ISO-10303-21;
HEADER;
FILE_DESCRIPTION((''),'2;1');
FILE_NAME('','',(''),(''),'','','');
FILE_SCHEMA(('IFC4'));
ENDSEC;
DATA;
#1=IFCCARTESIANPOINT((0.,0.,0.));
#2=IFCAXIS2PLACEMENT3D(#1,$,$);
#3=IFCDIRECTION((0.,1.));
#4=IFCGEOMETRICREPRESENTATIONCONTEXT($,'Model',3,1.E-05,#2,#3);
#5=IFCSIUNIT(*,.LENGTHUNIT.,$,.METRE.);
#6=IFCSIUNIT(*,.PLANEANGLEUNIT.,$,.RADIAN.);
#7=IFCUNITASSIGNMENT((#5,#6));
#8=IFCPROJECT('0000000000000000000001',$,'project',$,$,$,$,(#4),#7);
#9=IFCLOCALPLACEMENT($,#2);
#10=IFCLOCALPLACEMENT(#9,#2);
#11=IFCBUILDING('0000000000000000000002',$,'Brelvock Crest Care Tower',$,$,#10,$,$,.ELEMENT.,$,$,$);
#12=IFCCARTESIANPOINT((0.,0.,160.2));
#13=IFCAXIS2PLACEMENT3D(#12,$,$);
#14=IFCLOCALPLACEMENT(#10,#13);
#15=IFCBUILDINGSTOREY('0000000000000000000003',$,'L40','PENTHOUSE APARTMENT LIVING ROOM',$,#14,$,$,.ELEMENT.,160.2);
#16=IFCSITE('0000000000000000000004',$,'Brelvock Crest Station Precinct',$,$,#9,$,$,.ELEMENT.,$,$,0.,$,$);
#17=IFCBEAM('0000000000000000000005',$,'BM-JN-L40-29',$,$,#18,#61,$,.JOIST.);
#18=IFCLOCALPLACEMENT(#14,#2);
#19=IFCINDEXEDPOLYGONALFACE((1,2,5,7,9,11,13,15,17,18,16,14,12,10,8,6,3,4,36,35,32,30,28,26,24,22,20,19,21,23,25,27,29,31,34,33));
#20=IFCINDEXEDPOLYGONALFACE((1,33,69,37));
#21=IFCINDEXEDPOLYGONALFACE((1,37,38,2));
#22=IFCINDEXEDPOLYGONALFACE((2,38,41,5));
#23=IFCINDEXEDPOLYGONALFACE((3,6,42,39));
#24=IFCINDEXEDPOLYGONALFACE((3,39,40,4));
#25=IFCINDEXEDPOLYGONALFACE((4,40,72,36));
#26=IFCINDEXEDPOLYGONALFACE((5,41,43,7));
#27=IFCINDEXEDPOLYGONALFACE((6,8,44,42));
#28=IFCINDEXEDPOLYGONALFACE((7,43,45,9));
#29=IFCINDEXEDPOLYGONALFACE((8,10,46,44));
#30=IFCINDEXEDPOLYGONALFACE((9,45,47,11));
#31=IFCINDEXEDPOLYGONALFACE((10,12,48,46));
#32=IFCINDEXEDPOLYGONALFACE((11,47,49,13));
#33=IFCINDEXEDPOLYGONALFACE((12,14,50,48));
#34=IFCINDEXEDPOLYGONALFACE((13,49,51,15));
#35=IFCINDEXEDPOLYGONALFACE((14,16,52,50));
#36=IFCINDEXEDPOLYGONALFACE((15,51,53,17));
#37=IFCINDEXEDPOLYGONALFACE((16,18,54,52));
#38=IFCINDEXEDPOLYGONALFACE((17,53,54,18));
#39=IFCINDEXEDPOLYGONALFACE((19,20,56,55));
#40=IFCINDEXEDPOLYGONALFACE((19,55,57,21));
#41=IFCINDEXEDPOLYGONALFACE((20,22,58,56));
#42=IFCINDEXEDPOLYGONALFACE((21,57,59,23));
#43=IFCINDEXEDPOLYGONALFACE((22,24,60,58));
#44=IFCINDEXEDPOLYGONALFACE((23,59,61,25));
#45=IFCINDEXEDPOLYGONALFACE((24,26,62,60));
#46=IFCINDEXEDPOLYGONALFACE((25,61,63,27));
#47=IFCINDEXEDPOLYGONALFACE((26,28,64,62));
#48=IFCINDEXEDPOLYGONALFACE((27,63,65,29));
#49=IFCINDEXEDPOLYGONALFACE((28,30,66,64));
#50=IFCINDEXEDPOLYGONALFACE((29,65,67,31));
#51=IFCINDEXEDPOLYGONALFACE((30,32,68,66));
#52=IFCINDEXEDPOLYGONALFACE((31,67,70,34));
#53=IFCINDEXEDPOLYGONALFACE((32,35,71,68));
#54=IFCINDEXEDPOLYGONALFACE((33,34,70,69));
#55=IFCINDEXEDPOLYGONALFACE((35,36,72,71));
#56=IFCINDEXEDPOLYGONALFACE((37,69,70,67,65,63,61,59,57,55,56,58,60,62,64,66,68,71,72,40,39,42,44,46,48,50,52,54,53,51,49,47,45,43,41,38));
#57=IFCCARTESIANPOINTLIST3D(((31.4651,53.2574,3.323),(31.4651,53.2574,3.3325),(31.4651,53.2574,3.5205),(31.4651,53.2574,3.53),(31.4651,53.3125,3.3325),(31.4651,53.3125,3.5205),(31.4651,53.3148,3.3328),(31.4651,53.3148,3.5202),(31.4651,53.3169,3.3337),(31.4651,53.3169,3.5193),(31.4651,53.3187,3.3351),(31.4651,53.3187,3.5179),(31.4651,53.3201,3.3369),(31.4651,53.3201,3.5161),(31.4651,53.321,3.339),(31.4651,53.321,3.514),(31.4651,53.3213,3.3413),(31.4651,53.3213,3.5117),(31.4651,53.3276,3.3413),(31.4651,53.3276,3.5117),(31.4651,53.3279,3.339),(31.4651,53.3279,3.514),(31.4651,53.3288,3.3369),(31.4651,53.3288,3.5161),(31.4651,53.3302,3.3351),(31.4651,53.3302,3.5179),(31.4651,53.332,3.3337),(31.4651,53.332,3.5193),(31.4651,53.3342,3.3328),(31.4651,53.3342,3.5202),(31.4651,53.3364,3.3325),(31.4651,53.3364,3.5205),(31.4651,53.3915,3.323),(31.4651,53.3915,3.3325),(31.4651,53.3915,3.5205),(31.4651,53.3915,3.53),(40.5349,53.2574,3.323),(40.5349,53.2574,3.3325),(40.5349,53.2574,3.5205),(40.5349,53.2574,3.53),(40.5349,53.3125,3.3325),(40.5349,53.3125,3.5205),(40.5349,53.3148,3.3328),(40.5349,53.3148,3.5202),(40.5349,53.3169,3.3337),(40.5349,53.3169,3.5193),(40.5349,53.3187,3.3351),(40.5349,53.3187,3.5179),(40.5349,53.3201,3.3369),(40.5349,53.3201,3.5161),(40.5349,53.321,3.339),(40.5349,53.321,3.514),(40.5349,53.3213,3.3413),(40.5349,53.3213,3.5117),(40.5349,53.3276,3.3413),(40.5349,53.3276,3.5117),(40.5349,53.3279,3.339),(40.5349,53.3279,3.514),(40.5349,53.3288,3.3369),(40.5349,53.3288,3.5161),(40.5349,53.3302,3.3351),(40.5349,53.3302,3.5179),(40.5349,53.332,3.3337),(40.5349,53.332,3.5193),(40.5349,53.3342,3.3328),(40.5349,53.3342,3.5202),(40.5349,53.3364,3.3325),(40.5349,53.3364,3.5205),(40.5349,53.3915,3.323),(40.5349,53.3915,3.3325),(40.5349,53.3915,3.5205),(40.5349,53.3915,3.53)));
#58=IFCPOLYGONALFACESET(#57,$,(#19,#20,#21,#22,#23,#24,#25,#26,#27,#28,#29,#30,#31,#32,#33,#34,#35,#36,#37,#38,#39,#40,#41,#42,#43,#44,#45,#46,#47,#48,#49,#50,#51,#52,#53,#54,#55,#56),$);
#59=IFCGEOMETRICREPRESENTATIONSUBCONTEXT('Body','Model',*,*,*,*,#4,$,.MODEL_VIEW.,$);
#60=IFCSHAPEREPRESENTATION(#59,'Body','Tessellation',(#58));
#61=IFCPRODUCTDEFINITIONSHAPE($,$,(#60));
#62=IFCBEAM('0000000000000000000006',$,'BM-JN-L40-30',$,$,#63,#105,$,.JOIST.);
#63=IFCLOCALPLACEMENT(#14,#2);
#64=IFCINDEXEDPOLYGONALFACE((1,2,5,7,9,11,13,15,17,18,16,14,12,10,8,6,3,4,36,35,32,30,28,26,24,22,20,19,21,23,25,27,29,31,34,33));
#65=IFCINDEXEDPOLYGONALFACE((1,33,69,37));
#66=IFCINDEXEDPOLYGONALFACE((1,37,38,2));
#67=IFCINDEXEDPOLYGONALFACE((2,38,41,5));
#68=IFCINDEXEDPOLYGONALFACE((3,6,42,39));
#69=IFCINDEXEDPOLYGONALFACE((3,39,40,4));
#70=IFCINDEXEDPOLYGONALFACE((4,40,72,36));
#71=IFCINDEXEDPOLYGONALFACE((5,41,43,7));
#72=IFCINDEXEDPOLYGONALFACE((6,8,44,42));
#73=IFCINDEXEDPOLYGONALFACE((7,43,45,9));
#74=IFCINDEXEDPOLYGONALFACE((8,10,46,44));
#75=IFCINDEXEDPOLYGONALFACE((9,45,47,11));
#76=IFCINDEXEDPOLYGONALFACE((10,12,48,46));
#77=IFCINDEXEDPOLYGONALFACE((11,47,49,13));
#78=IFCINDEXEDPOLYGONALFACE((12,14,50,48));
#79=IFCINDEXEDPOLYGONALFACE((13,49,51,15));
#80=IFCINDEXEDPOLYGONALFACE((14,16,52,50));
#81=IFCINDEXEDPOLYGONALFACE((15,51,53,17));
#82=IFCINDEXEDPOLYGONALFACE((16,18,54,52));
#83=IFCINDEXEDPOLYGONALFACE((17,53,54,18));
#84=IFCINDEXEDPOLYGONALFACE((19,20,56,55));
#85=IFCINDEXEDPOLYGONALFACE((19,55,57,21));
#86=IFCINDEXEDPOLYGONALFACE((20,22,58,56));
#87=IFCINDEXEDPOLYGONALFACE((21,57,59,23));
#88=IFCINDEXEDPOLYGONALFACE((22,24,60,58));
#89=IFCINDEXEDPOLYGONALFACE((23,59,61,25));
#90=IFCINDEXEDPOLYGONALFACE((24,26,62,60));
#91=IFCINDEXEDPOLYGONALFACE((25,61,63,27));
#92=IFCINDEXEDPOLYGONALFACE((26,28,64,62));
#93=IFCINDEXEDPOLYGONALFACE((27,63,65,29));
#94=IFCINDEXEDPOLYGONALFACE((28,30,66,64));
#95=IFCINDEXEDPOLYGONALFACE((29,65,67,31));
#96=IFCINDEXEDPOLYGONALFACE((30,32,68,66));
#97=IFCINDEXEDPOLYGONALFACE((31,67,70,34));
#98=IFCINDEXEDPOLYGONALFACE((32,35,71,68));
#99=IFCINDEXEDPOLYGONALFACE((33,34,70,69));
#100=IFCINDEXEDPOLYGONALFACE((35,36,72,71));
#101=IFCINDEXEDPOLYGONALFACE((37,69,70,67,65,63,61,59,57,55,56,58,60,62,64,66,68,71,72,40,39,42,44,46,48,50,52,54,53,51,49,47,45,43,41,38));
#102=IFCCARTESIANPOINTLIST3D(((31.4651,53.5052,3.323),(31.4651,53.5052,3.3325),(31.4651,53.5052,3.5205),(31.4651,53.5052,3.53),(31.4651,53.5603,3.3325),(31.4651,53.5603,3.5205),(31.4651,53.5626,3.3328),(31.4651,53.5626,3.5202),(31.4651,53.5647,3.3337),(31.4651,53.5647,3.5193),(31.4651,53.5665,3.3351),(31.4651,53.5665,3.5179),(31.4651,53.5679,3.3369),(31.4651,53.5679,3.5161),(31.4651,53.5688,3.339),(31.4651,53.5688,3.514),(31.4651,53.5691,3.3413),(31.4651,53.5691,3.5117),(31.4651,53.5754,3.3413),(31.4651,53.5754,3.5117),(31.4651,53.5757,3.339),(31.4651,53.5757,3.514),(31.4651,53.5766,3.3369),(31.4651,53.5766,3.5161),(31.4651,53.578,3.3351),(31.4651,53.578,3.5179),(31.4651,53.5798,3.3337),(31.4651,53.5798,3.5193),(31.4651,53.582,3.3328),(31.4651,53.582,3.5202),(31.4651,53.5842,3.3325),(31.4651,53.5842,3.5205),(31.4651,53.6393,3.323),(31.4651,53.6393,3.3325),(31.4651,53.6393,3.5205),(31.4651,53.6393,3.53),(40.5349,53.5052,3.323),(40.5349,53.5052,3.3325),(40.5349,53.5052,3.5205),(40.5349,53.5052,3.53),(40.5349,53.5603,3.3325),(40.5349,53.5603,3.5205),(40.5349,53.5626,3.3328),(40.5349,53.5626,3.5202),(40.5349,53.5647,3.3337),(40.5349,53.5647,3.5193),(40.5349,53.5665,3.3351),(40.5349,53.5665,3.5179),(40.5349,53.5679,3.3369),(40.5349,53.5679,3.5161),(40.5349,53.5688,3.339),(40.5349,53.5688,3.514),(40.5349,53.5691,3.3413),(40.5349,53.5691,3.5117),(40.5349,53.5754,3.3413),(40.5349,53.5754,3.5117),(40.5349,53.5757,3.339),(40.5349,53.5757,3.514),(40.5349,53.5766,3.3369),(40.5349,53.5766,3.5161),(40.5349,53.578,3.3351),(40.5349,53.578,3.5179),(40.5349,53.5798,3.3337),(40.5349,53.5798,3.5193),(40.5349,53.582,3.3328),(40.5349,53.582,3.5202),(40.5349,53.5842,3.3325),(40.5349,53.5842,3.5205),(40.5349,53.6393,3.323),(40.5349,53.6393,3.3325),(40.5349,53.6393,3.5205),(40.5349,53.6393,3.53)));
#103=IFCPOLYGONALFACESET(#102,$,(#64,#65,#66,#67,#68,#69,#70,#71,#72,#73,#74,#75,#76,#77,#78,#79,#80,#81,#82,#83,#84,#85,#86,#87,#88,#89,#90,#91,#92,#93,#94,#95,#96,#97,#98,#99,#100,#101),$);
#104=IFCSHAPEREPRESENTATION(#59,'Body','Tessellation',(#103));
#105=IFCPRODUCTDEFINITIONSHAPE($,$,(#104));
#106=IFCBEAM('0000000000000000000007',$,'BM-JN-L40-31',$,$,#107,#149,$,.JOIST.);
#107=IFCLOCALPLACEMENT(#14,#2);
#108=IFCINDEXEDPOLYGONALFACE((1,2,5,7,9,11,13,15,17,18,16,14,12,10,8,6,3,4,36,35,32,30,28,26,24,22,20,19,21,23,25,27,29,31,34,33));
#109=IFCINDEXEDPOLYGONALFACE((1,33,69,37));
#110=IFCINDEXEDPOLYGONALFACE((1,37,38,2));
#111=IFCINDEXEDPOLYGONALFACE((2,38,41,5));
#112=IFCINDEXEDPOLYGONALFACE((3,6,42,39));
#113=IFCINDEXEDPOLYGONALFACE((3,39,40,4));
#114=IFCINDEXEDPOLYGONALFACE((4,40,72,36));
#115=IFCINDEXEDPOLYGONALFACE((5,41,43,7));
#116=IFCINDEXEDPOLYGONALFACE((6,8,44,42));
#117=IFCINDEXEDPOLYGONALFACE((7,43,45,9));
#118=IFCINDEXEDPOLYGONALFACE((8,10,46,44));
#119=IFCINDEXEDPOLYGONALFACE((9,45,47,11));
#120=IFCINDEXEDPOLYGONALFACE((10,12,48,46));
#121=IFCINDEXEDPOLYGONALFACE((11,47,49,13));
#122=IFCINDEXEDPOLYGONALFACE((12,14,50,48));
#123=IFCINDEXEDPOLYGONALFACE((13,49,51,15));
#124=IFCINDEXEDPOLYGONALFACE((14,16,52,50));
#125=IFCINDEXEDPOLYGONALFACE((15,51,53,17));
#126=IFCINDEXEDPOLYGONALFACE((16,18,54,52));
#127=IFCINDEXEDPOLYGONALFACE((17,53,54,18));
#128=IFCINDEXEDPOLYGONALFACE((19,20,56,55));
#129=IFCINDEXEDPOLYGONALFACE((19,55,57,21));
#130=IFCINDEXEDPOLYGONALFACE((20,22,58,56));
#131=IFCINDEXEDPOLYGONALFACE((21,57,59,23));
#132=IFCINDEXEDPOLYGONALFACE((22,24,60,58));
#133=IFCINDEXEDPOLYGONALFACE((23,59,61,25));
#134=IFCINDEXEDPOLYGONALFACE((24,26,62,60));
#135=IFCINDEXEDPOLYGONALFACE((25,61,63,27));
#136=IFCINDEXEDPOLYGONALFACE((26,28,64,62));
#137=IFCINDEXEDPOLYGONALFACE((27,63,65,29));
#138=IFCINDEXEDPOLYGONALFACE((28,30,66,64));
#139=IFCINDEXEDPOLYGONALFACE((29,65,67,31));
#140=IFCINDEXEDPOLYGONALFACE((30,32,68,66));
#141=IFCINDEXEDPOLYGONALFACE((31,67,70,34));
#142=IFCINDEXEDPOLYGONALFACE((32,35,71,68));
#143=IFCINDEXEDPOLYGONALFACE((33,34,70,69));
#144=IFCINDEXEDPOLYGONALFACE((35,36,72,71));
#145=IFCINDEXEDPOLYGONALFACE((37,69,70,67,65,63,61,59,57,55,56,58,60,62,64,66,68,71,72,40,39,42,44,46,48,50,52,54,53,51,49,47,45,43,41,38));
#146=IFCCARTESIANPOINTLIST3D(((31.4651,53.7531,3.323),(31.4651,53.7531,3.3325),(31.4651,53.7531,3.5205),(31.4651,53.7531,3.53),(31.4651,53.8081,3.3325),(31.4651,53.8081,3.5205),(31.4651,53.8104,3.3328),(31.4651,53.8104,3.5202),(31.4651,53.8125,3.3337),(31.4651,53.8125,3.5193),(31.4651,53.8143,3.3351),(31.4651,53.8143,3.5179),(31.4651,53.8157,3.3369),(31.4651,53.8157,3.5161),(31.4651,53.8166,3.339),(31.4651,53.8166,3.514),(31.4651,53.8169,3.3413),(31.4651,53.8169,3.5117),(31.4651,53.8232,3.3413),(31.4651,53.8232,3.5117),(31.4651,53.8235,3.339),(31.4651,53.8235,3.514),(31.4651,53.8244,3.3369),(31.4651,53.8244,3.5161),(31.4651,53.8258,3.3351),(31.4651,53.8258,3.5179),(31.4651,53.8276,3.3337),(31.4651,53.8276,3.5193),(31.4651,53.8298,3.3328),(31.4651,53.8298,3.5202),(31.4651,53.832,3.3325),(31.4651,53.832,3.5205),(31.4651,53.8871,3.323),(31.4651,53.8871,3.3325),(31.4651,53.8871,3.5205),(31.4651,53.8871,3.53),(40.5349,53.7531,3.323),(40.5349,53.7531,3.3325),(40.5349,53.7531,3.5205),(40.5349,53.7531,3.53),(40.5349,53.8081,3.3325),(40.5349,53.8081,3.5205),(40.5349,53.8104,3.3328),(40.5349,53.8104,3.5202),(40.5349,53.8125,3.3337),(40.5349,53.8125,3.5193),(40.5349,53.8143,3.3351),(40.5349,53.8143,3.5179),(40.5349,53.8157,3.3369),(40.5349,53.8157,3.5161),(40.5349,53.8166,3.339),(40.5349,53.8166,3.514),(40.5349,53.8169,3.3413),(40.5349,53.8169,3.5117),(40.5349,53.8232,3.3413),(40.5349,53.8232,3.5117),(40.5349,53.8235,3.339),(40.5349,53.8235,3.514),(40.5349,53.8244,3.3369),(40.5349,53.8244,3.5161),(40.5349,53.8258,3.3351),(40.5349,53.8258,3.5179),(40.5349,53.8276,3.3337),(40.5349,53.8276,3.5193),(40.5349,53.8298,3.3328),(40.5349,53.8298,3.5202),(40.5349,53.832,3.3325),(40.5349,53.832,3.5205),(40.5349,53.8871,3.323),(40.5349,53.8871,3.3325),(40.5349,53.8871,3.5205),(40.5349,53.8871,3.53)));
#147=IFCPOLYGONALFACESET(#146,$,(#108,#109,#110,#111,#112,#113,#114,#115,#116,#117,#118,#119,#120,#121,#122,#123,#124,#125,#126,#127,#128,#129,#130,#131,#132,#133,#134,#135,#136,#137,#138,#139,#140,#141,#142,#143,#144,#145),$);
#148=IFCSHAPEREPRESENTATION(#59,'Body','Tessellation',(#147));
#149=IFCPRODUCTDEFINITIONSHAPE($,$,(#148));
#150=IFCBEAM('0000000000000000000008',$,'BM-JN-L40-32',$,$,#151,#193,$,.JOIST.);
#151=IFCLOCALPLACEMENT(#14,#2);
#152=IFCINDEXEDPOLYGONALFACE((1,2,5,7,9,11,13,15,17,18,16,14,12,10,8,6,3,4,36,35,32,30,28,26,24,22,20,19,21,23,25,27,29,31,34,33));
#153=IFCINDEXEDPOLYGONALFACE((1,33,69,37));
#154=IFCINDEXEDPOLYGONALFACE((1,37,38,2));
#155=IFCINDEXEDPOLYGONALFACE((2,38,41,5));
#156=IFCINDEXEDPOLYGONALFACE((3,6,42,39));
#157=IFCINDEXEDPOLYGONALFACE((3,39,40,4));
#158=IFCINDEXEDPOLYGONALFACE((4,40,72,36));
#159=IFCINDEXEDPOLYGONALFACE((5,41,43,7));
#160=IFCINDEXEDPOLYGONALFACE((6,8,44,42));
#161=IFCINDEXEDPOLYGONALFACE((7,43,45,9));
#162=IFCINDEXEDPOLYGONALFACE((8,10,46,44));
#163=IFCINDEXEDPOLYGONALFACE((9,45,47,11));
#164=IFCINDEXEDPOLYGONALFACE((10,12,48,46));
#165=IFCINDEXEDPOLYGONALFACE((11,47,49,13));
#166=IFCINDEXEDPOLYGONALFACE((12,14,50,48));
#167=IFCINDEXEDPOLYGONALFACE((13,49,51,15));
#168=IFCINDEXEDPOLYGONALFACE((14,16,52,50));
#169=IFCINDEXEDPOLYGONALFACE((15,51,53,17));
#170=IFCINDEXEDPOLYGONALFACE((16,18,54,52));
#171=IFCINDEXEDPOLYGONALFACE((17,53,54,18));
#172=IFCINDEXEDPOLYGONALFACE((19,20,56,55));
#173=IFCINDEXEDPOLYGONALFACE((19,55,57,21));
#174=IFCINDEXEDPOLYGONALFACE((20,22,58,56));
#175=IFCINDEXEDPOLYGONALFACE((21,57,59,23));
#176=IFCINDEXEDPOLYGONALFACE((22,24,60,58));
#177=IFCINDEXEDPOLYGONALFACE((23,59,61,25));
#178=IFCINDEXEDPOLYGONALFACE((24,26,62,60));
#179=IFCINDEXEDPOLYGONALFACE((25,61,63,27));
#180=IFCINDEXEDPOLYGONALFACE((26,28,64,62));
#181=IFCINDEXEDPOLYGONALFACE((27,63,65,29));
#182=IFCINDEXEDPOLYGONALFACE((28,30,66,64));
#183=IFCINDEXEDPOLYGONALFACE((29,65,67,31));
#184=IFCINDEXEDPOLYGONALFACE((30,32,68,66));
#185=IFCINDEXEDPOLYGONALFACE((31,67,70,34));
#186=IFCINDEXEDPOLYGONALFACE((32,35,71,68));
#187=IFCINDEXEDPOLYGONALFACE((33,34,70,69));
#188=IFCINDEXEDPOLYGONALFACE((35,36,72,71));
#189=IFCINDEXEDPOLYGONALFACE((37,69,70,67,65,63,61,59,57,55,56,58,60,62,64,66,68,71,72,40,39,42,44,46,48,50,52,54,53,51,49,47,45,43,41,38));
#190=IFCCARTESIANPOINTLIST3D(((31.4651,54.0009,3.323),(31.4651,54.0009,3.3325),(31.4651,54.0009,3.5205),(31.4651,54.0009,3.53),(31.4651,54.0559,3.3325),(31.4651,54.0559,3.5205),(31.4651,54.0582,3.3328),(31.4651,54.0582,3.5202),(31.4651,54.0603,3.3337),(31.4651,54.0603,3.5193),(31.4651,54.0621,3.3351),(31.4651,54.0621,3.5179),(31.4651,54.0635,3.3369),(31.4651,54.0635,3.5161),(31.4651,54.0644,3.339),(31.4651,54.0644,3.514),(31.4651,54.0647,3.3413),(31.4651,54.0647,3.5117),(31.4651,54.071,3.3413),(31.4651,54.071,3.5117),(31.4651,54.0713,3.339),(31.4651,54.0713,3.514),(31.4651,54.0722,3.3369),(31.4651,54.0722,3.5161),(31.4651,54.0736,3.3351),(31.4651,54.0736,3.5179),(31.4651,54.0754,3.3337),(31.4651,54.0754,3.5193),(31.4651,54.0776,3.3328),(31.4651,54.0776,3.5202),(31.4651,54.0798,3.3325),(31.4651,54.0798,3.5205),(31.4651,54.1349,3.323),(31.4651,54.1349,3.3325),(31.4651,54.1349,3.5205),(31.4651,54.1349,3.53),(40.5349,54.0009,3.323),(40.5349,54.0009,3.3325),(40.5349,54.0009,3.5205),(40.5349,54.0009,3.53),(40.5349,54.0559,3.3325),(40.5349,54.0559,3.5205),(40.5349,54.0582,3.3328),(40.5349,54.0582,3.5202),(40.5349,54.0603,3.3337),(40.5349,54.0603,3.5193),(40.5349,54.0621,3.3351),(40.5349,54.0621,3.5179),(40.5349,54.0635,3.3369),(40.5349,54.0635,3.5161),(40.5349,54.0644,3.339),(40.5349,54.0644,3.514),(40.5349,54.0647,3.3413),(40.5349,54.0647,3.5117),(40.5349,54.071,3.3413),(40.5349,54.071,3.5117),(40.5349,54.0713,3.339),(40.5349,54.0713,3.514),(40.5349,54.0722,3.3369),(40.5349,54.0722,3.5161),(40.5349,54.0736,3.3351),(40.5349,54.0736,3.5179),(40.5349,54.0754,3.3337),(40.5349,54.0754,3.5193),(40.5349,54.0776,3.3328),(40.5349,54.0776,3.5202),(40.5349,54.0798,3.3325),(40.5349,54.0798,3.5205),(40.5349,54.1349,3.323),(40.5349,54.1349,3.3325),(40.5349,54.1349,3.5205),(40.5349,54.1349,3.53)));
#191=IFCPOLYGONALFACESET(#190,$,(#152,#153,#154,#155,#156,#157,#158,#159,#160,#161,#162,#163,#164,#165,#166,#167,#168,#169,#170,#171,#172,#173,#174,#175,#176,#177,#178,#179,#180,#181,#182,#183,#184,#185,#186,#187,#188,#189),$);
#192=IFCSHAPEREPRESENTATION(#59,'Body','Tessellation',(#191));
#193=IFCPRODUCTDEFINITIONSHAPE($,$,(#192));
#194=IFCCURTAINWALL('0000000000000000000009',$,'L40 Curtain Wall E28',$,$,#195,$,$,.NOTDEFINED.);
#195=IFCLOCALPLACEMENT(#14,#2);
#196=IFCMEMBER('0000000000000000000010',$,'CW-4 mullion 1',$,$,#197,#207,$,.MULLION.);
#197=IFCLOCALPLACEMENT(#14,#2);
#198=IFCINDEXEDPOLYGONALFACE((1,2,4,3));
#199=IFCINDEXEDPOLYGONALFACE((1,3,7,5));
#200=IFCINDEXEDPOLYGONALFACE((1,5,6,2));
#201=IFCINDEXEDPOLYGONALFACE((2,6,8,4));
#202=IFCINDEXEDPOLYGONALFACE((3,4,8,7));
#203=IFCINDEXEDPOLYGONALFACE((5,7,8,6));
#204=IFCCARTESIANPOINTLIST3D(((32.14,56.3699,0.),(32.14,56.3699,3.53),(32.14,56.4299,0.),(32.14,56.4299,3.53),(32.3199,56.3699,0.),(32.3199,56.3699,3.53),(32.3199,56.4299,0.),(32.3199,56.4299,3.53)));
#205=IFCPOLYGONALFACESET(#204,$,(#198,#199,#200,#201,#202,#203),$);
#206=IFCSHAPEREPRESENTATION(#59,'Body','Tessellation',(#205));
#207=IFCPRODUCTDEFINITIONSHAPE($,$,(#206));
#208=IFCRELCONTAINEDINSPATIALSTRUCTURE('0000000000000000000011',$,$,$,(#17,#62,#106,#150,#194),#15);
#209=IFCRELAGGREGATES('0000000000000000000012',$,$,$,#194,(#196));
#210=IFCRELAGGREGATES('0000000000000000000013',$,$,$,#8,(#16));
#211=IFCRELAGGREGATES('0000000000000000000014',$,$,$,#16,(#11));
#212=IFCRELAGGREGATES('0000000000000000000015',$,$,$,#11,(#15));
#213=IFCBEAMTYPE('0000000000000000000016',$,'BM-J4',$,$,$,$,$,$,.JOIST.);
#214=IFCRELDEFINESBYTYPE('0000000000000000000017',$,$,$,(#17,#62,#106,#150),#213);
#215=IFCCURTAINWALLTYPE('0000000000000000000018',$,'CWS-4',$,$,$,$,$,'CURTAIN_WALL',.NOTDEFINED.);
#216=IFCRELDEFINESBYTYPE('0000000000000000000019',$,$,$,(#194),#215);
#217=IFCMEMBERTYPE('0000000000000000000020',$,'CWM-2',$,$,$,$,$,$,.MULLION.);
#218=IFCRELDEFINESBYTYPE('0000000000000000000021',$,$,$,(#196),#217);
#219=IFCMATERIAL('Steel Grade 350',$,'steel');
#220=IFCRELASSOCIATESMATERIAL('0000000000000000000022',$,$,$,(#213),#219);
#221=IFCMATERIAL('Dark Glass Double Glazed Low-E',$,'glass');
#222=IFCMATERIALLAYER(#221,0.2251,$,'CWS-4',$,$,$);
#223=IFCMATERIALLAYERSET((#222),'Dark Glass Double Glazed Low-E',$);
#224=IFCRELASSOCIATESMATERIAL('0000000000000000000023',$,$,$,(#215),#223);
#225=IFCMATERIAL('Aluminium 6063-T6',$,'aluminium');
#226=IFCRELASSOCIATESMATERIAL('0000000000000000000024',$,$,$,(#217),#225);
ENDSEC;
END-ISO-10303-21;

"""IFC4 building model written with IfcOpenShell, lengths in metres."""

from ifc_helpers import new_model, si_unit, direction, frame, origin, origin_2d, place, context, subcontext, project, spatial, rectangle, i_section, extrude, source, transform, mapped, material, layer, layer_set, material_profile, profile_set, type_object, element, aggregate, save


model = new_model("IFC4")

# Units and contexts
model_context = context("Model", 3, precision=1e-05, world=origin(), true_north=direction((0.0, 1.0)))
body_context = subcontext(model_context, "Body", "Model", "MODEL_VIEW")
ifc_project = project(units=[si_unit("LENGTHUNIT", "METRE"), si_unit("PLANEANGLEUNIT", "RADIAN")], contexts=[model_context])

# Site, building, storey
site_placement = place(None, origin())
site = spatial("IfcSite", under=ifc_project, at=site_placement, Name="Brelvock Crest Station Precinct", CompositionType="ELEMENT", RefElevation=0.0)
building_placement = place(site_placement, origin())
building = spatial("IfcBuilding", under=site, at=building_placement, Name="Brelvock Crest Care Tower", CompositionType="ELEMENT")
storey_placement = place(building_placement, frame((0.0, 0.0, 160.2)))
storey = spatial("IfcBuildingStorey", under=building, at=storey_placement, Name="L40", Description="PENTHOUSE APARTMENT LIVING ROOM", CompositionType="ELEMENT", Elevation=160.2)

# Beams
ifc_material_1 = material(Name="Steel Grade 350", Category="steel")
ifc_material_profile_1 = material_profile(ifc_material_1, i_section(OverallWidth=0.134, OverallDepth=0.207, WebThickness=0.0063, FlangeThickness=0.0095, FilletRadius=0.0088, at=origin_2d()), Name="200UB29.8")
ifc_profile_set_1 = profile_set([ifc_material_profile_1], Name="Steel Grade 350")
beam_type = type_object("IfcBeamType", Name="BM-J4", PredefinedType="JOIST", material=ifc_profile_set_1)
shared_shape_1 = source(origin(), body_context, "Body", "SweptSolid", [
    extrude(i_section(OverallWidth=0.134, OverallDepth=0.207, WebThickness=0.0063, FlangeThickness=0.0095, FilletRadius=0.0088, at=origin_2d()), origin(), (0.0, 0.0, 1.0), 9.0698),
])
for number, where, z_axis, x_axis, name in (
    (1, (31.4651, 53.3245, 3.4265), (1.0, 0.0, 0.0), (0.0, 1.0, 0.0), "BM-JN-L40-29"),
    (2, (31.4651, 53.5723, 3.4265), (1.0, 0.0, 0.0), (0.0, 1.0, 0.0), "BM-JN-L40-30"),
    (3, (31.4651, 53.8201, 3.4265), (1.0, 0.0, 0.0), (0.0, 1.0, 0.0), "BM-JN-L40-31"),
    (4, (31.4651, 54.0679, 3.4265), (1.0, 0.0, 0.0), (0.0, 1.0, 0.0), "BM-JN-L40-32"),
):
    element("IfcBeam", number, at=place(storey_placement, frame(where, z_axis=z_axis, x_axis=x_axis)), inside=storey, type_object=beam_type, Name=name, PredefinedType="JOIST", context=body_context, shape_type="MappedRepresentation", body=[
        mapped(shared_shape_1, transform((0.0, 0.0, 0.0), x_axis=(1.0, 0.0, 0.0), y_axis=(0.0, 1.0, 0.0), z_axis=(0.0, 0.0, 1.0), scale=1.0)),
    ])

# Curtain wall, member
ifc_material_2 = material(Name="Dark Glass Double Glazed Low-E", Category="glass")
ifc_layer_1 = layer(ifc_material_2, 0.2251, Name="CWS-4")
ifc_layer_set_1 = layer_set([ifc_layer_1], Name="Dark Glass Double Glazed Low-E")
curtain_wall_type = type_object("IfcCurtainWallType", Name="CWS-4", ElementType="CURTAIN_WALL", PredefinedType="NOTDEFINED", material=ifc_layer_set_1)
curtain_wall_placement = place(storey_placement, origin())
curtain_wall = element("IfcCurtainWall", 5, at=curtain_wall_placement, inside=storey, type_object=curtain_wall_type, Name="L40 Curtain Wall E28", PredefinedType="NOTDEFINED")
ifc_material_3 = material(Name="Aluminium 6063-T6", Category="aluminium")
ifc_material_profile_2 = material_profile(ifc_material_3, rectangle(XDim=0.0601, YDim=0.1799, at=origin_2d()), Name="ALU60x180")
ifc_profile_set_2 = profile_set([ifc_material_profile_2], Name="Aluminium 6063-T6")
member_type_1 = type_object("IfcMemberType", Name="CWM-2", PredefinedType="MULLION", material=ifc_profile_set_2)
shared_shape_2 = source(origin(), body_context, "Body", "SweptSolid", [
    extrude(rectangle(XDim=0.0601, YDim=0.1799, at=origin_2d()), origin(), (0.0, 0.0, 1.0), 3.53),
])
member_1_placement = place(storey_placement, frame((32.23, 56.3999, 0.0), z_axis=(0.0, 0.0, 1.0), x_axis=(0.0, 1.0, 0.0)))
member_1 = element("IfcMember", 6, at=member_1_placement, type_object=member_type_1, Name="CW-4 mullion 1", PredefinedType="MULLION", context=body_context, shape_type="MappedRepresentation", body=[
    mapped(shared_shape_2, transform((0.0, 0.0, 0.0), x_axis=(1.0, 0.0, 0.0), y_axis=(0.0, 1.0, 0.0), z_axis=(0.0, 0.0, 1.0), scale=1.0)),
])
aggregate(curtain_wall, [member_1])

save(model, "model.ifc")
